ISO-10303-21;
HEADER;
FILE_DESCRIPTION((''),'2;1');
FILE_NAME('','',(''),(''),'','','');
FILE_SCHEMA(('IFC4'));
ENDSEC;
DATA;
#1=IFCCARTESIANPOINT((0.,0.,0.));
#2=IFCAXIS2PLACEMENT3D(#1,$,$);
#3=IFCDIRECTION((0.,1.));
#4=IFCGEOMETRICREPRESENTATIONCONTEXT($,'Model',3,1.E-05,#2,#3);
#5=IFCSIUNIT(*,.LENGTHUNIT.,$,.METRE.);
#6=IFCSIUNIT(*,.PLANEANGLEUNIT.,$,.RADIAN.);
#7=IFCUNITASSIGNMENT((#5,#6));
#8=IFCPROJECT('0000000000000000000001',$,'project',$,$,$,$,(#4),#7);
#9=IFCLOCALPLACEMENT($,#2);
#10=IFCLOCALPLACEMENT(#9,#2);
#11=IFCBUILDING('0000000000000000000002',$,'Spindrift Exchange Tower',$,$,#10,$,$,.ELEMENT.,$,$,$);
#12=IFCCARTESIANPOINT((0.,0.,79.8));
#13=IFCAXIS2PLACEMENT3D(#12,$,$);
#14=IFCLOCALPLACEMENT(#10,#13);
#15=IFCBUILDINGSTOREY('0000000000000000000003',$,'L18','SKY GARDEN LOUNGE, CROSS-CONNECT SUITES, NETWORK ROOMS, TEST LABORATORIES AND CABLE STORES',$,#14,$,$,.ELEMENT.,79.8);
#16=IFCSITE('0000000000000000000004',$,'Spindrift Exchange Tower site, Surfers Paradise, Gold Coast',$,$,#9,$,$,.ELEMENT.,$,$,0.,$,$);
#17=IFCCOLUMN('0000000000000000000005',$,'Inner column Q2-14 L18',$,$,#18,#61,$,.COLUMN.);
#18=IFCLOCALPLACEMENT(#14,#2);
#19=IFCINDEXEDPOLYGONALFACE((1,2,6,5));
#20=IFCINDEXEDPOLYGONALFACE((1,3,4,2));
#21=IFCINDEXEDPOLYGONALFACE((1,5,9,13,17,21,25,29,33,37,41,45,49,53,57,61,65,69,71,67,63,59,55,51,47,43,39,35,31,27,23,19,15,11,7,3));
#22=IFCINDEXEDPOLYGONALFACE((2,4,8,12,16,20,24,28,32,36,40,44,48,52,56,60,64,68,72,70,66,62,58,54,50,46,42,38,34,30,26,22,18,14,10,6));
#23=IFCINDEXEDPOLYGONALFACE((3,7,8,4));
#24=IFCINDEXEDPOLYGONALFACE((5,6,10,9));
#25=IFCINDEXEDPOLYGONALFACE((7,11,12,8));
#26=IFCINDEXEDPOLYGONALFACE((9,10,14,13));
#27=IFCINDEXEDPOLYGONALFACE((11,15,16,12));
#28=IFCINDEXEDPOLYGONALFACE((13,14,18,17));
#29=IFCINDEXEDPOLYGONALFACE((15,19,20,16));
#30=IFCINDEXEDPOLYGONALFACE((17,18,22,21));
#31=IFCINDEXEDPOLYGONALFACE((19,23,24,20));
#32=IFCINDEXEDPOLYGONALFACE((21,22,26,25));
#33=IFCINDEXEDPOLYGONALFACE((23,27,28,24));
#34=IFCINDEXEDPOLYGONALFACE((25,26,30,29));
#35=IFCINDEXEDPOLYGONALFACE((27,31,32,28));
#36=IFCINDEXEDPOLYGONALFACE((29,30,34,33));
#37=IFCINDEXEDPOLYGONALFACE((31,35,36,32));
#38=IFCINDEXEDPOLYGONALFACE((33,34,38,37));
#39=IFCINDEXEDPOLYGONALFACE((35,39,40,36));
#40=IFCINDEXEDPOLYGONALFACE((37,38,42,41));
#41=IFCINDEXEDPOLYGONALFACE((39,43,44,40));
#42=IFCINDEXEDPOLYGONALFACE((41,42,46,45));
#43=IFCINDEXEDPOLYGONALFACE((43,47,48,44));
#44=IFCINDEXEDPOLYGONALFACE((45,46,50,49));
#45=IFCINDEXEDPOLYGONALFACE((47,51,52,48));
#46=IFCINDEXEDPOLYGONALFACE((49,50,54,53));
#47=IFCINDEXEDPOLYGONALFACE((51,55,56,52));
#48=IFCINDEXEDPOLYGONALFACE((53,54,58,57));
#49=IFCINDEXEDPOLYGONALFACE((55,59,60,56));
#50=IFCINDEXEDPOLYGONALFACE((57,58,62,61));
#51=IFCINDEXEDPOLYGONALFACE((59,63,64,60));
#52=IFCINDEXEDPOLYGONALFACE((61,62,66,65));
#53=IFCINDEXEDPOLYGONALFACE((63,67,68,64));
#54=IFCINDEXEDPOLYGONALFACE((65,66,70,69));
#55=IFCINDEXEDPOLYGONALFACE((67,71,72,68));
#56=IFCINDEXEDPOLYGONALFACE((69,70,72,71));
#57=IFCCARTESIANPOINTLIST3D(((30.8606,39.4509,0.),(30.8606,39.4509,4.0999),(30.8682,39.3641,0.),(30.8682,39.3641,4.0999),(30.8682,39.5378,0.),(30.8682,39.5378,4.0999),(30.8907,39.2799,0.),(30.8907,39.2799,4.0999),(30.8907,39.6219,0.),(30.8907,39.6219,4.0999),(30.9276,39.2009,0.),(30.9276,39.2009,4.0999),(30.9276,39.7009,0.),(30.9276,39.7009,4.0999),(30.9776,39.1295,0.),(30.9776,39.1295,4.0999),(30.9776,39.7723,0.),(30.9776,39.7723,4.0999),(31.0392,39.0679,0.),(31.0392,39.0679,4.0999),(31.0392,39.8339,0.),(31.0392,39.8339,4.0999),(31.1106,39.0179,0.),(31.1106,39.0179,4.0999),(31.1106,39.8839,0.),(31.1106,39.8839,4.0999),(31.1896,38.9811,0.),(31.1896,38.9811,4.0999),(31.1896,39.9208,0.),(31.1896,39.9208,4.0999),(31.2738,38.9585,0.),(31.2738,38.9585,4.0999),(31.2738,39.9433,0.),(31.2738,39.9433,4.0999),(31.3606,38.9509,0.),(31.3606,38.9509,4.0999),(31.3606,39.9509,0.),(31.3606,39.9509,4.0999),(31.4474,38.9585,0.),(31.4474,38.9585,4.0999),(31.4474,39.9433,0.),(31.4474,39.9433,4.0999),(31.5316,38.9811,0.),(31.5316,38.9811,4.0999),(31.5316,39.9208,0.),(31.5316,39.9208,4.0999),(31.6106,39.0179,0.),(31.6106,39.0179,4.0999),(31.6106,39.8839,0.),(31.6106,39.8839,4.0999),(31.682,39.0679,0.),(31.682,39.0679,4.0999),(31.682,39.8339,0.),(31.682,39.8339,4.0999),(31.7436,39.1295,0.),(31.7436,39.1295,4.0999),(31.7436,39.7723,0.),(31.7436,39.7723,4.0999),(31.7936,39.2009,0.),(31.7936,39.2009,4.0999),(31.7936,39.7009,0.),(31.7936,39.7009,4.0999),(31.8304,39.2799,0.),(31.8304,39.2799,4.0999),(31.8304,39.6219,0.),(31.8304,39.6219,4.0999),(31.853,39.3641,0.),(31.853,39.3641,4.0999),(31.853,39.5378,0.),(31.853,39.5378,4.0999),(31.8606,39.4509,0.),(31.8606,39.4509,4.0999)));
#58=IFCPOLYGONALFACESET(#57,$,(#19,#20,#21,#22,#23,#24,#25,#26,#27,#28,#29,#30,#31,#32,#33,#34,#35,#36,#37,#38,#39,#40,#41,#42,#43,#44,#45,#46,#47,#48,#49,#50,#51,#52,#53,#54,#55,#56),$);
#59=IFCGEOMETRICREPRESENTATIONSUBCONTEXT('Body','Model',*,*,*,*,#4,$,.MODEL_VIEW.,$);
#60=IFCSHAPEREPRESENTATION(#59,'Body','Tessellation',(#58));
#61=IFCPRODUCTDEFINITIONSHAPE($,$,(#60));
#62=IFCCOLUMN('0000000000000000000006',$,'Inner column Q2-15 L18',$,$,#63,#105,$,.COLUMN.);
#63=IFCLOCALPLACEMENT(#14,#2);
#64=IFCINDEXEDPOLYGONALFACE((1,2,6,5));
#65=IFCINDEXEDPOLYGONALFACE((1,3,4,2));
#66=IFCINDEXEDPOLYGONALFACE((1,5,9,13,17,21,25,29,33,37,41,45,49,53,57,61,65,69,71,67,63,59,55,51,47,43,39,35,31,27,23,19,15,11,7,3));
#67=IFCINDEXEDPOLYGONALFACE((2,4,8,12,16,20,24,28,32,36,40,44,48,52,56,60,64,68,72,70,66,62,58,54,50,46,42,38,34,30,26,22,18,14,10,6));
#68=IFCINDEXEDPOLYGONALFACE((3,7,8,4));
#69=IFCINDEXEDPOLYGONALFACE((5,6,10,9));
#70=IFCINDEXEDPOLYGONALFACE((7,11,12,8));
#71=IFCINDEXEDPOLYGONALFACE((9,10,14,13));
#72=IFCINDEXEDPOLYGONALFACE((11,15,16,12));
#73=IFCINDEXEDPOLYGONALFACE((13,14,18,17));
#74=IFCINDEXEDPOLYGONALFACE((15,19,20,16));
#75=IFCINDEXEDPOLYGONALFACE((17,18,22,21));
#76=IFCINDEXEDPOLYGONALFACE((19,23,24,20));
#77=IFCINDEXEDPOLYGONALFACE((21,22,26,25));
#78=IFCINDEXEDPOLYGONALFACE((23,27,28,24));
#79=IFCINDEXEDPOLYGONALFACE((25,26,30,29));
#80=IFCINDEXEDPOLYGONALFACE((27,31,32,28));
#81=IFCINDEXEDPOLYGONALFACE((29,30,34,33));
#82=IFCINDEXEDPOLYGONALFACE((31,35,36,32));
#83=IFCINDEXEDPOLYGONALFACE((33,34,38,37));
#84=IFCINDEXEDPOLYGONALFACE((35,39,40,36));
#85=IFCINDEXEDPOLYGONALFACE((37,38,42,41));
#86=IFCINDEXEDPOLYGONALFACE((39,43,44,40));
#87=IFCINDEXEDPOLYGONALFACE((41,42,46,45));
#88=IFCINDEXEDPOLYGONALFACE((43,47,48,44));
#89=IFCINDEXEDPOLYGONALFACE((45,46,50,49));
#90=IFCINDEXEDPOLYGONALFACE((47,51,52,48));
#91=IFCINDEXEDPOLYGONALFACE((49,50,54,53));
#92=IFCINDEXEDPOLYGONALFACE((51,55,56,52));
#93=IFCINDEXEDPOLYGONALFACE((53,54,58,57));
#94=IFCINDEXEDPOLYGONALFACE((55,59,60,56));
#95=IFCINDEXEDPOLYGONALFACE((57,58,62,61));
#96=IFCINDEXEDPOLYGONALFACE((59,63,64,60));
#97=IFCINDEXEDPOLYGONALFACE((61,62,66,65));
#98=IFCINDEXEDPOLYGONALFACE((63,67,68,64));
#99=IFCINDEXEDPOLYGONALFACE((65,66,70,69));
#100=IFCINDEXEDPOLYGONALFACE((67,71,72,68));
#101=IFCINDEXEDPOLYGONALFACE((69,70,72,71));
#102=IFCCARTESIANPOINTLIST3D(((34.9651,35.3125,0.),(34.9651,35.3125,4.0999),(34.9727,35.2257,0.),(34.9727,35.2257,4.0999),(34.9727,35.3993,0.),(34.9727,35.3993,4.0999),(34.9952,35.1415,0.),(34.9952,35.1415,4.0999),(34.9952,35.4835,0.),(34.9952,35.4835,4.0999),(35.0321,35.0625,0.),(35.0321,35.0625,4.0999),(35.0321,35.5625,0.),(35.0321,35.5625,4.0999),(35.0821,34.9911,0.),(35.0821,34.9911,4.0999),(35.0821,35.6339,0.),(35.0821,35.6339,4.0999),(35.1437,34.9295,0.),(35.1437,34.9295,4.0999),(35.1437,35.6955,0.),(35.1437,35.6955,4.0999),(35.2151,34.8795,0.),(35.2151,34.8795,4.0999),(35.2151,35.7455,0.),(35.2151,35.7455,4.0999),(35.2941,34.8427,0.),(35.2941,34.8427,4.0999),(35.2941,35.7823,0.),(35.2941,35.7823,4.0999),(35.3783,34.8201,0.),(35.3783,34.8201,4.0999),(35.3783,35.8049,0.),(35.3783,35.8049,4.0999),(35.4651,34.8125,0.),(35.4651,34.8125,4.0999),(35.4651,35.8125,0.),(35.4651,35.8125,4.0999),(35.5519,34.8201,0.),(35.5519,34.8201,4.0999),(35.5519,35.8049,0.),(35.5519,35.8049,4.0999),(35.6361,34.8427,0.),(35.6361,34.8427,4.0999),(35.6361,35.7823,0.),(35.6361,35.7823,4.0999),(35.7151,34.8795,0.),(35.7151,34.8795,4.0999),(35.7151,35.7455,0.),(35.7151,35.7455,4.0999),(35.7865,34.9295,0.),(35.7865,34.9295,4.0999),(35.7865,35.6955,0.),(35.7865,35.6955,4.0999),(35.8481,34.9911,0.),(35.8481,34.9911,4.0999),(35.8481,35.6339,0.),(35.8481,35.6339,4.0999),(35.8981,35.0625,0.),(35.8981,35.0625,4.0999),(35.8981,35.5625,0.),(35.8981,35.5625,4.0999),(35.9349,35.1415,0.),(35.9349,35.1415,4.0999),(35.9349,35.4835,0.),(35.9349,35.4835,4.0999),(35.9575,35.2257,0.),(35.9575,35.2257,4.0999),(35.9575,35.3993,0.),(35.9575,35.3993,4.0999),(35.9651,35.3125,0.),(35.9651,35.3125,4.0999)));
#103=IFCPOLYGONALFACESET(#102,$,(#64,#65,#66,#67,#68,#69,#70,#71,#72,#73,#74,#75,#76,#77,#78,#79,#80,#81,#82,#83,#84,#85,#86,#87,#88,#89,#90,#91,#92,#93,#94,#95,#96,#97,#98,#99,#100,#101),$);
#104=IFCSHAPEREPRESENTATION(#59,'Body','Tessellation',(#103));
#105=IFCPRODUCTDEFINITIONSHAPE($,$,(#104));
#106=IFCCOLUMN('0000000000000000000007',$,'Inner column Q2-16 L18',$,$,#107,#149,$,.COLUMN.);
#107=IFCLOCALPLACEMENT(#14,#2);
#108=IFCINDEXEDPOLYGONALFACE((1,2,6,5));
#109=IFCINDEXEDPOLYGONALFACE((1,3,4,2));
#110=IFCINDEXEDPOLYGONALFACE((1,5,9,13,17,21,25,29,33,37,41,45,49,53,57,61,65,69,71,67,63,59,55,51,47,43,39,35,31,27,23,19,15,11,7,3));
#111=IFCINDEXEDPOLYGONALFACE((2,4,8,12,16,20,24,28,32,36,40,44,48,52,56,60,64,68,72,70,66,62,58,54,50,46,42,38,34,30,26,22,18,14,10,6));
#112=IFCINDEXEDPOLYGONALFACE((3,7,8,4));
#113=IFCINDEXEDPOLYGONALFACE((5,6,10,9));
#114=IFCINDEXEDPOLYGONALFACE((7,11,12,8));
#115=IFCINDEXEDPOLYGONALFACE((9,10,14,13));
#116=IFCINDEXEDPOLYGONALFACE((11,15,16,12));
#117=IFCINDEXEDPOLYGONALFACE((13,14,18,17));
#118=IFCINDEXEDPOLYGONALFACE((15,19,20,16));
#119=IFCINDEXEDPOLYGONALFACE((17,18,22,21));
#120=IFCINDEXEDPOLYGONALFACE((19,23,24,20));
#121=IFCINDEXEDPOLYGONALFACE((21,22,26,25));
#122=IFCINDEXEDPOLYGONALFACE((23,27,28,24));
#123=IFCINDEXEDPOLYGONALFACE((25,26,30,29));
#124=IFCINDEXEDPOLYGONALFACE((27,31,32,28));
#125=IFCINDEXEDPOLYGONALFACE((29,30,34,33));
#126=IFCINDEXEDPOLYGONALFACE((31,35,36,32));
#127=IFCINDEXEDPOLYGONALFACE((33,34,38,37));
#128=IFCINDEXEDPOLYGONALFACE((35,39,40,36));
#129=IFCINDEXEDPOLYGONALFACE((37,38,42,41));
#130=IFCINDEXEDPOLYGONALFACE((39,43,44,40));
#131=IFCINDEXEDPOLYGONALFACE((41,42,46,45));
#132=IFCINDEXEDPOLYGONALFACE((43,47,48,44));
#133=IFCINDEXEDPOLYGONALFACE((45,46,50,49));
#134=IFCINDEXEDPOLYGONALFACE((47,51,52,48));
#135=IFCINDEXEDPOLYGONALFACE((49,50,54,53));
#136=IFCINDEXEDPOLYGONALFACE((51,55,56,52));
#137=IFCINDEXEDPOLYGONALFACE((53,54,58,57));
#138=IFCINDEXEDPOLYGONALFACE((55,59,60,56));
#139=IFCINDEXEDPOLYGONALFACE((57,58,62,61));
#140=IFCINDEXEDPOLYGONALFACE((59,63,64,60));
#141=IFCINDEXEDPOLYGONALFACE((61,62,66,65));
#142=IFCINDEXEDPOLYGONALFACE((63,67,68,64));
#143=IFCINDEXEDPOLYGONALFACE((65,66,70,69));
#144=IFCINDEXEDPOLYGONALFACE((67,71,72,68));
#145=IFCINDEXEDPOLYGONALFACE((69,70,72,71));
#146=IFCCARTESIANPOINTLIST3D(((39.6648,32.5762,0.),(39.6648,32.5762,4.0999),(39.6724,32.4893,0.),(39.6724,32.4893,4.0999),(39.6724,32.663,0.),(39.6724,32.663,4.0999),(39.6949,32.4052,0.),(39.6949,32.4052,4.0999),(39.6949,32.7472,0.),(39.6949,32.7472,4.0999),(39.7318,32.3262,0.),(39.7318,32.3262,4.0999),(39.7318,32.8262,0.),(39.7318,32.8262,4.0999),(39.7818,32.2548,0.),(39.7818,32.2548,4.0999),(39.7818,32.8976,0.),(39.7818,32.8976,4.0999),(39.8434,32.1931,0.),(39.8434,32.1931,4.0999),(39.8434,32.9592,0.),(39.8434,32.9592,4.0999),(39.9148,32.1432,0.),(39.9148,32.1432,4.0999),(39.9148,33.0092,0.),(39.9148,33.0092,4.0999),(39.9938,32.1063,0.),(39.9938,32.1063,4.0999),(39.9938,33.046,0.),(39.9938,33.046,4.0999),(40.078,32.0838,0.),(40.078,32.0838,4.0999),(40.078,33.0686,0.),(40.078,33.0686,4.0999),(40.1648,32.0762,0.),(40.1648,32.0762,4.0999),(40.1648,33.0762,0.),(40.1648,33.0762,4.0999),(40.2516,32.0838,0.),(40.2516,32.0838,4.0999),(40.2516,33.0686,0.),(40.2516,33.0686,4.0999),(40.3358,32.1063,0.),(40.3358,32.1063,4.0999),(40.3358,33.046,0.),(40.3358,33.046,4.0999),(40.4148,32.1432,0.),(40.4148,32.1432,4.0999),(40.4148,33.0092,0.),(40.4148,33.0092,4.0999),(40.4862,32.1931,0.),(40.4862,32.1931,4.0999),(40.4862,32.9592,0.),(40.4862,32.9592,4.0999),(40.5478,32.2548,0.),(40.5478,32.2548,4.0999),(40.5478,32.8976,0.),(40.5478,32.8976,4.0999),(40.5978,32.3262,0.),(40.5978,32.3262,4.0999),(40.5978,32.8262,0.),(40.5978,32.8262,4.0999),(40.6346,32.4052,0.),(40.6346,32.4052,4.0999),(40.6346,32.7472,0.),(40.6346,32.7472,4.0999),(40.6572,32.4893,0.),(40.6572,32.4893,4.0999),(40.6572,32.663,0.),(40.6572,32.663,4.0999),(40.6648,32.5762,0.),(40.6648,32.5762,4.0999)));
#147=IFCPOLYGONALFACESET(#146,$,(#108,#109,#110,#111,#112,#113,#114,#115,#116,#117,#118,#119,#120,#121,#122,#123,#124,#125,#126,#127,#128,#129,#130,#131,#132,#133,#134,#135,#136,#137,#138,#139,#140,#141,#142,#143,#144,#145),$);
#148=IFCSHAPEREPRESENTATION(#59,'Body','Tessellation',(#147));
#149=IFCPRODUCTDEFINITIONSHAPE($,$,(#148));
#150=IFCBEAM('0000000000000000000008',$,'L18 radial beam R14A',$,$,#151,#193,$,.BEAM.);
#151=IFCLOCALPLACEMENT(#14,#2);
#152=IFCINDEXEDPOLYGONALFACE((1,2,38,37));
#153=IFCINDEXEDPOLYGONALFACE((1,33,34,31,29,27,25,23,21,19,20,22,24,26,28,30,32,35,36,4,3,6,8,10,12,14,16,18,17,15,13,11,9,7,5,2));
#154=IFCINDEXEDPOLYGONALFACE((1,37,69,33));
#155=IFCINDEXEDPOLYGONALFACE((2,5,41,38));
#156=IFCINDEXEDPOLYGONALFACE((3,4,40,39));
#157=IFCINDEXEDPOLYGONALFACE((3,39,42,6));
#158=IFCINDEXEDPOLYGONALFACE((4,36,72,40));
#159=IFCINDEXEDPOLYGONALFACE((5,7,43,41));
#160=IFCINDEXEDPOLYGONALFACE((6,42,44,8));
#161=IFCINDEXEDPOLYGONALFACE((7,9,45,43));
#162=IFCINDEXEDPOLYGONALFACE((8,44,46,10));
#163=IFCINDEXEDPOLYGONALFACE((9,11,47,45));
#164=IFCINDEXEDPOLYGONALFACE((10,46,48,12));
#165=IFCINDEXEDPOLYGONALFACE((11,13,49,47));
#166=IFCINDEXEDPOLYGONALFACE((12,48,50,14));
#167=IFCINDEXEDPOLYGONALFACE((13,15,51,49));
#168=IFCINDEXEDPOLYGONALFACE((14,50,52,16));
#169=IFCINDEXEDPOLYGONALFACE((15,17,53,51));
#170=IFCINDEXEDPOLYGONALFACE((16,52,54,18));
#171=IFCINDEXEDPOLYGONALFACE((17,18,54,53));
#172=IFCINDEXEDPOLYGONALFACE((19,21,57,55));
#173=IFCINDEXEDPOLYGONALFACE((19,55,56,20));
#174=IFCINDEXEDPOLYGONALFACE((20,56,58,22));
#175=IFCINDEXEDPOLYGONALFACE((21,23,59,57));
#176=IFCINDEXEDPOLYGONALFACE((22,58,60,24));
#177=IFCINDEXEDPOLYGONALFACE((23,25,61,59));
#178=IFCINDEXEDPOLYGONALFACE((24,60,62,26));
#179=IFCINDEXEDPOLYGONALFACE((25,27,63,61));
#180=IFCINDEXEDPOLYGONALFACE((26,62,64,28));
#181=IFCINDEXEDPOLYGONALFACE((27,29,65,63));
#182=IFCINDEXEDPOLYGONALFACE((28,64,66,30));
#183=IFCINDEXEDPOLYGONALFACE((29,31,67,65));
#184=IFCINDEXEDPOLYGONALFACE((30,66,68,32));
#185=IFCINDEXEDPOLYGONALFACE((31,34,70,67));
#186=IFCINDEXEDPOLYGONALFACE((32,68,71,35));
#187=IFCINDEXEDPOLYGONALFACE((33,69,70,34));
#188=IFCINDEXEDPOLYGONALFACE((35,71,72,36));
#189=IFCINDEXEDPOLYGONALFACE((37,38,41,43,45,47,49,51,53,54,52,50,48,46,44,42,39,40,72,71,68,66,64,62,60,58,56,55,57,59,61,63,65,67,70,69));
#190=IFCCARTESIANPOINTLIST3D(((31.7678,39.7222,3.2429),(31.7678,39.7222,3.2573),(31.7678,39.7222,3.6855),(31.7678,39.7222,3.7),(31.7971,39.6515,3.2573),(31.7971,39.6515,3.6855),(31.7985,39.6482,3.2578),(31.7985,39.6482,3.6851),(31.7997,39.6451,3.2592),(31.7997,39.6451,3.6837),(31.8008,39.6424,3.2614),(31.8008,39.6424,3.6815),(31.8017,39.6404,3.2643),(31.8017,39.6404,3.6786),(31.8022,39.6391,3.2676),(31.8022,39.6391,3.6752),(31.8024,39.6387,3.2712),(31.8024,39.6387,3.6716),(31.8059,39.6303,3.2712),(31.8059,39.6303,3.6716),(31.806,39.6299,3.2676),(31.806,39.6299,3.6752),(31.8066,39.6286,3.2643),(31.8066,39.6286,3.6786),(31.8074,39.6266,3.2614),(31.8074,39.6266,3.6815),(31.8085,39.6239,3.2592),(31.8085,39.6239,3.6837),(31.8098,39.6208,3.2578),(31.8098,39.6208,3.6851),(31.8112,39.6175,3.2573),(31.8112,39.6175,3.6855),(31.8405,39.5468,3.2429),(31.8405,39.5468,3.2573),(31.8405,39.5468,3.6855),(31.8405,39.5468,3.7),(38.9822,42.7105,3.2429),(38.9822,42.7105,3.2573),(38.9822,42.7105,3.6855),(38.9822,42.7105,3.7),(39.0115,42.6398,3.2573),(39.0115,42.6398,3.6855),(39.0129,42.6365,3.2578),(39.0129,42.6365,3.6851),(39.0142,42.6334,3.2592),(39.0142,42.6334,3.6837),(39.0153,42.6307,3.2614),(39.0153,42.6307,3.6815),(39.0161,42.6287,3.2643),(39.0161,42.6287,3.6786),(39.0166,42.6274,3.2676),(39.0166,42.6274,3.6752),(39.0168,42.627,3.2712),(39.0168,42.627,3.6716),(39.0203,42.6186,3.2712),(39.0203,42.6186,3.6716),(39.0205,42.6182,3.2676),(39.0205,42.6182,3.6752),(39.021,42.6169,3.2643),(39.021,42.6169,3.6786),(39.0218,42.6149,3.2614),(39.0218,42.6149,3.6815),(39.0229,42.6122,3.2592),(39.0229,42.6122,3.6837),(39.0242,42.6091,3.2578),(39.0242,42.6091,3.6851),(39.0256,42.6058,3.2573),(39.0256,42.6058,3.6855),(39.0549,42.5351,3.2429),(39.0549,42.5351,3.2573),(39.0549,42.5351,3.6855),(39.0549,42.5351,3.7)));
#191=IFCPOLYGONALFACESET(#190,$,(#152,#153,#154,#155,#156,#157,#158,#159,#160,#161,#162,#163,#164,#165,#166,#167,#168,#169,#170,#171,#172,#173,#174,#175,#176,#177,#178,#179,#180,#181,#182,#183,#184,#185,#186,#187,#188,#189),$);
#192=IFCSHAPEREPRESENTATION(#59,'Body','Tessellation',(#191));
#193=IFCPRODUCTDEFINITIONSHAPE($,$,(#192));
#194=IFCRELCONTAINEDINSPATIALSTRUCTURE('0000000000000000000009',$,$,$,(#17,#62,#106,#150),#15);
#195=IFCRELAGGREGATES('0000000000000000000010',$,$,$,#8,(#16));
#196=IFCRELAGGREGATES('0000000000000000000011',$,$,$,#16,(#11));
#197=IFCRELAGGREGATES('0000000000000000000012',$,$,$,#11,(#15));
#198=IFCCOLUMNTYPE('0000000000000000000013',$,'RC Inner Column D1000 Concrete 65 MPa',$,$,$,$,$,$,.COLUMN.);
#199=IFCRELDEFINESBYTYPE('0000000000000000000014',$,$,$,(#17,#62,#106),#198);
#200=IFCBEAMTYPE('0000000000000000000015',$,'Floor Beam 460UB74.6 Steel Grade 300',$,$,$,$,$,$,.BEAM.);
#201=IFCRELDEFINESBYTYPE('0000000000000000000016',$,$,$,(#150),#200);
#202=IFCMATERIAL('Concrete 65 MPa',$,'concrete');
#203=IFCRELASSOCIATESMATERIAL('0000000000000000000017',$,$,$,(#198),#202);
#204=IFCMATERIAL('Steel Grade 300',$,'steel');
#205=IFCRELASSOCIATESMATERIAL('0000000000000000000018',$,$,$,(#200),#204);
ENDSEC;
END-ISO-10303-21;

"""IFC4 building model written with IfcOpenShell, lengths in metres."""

from ifc_helpers import new_model, si_unit, direction, frame, origin, origin_2d, place, context, subcontext, project, spatial, circle, i_section, extrude, source, transform, mapped, material, material_profile, profile_set, type_object, element, save


model = new_model("IFC4")

# Units and contexts
model_context = context("Model", 3, precision=1e-05, world=origin(), true_north=direction((0.0, 1.0)))
body_context = subcontext(model_context, "Body", "Model", "MODEL_VIEW")
ifc_project = project(units=[si_unit("LENGTHUNIT", "METRE"), si_unit("PLANEANGLEUNIT", "RADIAN")], contexts=[model_context])

# Site, building, storey
site_placement = place(None, origin())
site = spatial("IfcSite", under=ifc_project, at=site_placement, Name="Spindrift Exchange Tower site, Surfers Paradise, Gold Coast", CompositionType="ELEMENT", RefElevation=0.0)
building_placement = place(site_placement, origin())
building = spatial("IfcBuilding", under=site, at=building_placement, Name="Spindrift Exchange Tower", CompositionType="ELEMENT")
storey_placement = place(building_placement, frame((0.0, 0.0, 79.8)))
storey = spatial("IfcBuildingStorey", under=building, at=storey_placement, Name="L18", Description="SKY GARDEN LOUNGE, CROSS-CONNECT SUITES, NETWORK ROOMS, TEST LABORATORIES AND CABLE STORES", CompositionType="ELEMENT", Elevation=79.8)

# Columns
ifc_material_1 = material(Name="Concrete 65 MPa", Category="concrete")
ifc_material_profile_1 = material_profile(ifc_material_1, circle(Radius=0.5, at=origin_2d()), Name="RC D1000")
ifc_profile_set_1 = profile_set([ifc_material_profile_1], Name="Concrete 65 MPa")
column_type = type_object("IfcColumnType", Name="RC Inner Column D1000 Concrete 65 MPa", PredefinedType="COLUMN", material=ifc_profile_set_1)
shared_shape_1 = source(origin(), body_context, "Body", "SweptSolid", [
    extrude(circle(Radius=0.5, at=origin_2d()), origin(), (0.0, 0.0, 1.0), 4.0999),
])
for number, where, z_axis, x_axis, name in (
    (1, (31.3606, 39.4509, 0.0), (0.0, 0.0, 1.0), (1.0, 0.0, 0.0), "Inner column Q2-14 L18"),
    (2, (35.4651, 35.3125, 0.0), (0.0, 0.0, 1.0), (1.0, 0.0, 0.0), "Inner column Q2-15 L18"),
    (3, (40.1648, 32.5762, 0.0), (0.0, 0.0, 1.0), (1.0, 0.0, 0.0), "Inner column Q2-16 L18"),
):
    element("IfcColumn", number, at=place(storey_placement, frame(where, z_axis=z_axis, x_axis=x_axis)), inside=storey, type_object=column_type, Name=name, PredefinedType="COLUMN", context=body_context, shape_type="MappedRepresentation", body=[
        mapped(shared_shape_1, transform((0.0, 0.0, 0.0), scale=1.0)),
    ])

# Beam
ifc_material_2 = material(Name="Steel Grade 300", Category="steel")
ifc_material_profile_2 = material_profile(ifc_material_2, i_section(OverallWidth=0.1899, OverallDepth=0.457, WebThickness=0.009, FlangeThickness=0.0144, FilletRadius=0.0139, at=origin_2d()), Name="460UB74.6")
ifc_profile_set_2 = profile_set([ifc_material_profile_2], Name="Steel Grade 300")
beam_type_1 = type_object("IfcBeamType", Name="Floor Beam 460UB74.6 Steel Grade 300", PredefinedType="BEAM", material=ifc_profile_set_2)
shared_shape_2 = source(origin(), body_context, "Body", "SweptSolid", [
    extrude(i_section(OverallWidth=0.1899, OverallDepth=0.457, WebThickness=0.009, FlangeThickness=0.0144, FilletRadius=0.0139, at=origin_2d()), origin(), (0.0, 0.0, 1.0), 7.8088),
])
beam_1_placement = place(storey_placement, frame((39.0186, 42.6228, 3.4714), z_axis=(-0.92388, -0.382683, 0.0), x_axis=(0.382683, -0.92388, 0.0)))
element("IfcBeam", 4, at=beam_1_placement, inside=storey, type_object=beam_type_1, Name="L18 radial beam R14A", PredefinedType="BEAM", context=body_context, shape_type="MappedRepresentation", body=[
    mapped(shared_shape_2, transform((0.0, 0.0, 0.0), scale=1.0)),
])

save(model, "model.ifc")
